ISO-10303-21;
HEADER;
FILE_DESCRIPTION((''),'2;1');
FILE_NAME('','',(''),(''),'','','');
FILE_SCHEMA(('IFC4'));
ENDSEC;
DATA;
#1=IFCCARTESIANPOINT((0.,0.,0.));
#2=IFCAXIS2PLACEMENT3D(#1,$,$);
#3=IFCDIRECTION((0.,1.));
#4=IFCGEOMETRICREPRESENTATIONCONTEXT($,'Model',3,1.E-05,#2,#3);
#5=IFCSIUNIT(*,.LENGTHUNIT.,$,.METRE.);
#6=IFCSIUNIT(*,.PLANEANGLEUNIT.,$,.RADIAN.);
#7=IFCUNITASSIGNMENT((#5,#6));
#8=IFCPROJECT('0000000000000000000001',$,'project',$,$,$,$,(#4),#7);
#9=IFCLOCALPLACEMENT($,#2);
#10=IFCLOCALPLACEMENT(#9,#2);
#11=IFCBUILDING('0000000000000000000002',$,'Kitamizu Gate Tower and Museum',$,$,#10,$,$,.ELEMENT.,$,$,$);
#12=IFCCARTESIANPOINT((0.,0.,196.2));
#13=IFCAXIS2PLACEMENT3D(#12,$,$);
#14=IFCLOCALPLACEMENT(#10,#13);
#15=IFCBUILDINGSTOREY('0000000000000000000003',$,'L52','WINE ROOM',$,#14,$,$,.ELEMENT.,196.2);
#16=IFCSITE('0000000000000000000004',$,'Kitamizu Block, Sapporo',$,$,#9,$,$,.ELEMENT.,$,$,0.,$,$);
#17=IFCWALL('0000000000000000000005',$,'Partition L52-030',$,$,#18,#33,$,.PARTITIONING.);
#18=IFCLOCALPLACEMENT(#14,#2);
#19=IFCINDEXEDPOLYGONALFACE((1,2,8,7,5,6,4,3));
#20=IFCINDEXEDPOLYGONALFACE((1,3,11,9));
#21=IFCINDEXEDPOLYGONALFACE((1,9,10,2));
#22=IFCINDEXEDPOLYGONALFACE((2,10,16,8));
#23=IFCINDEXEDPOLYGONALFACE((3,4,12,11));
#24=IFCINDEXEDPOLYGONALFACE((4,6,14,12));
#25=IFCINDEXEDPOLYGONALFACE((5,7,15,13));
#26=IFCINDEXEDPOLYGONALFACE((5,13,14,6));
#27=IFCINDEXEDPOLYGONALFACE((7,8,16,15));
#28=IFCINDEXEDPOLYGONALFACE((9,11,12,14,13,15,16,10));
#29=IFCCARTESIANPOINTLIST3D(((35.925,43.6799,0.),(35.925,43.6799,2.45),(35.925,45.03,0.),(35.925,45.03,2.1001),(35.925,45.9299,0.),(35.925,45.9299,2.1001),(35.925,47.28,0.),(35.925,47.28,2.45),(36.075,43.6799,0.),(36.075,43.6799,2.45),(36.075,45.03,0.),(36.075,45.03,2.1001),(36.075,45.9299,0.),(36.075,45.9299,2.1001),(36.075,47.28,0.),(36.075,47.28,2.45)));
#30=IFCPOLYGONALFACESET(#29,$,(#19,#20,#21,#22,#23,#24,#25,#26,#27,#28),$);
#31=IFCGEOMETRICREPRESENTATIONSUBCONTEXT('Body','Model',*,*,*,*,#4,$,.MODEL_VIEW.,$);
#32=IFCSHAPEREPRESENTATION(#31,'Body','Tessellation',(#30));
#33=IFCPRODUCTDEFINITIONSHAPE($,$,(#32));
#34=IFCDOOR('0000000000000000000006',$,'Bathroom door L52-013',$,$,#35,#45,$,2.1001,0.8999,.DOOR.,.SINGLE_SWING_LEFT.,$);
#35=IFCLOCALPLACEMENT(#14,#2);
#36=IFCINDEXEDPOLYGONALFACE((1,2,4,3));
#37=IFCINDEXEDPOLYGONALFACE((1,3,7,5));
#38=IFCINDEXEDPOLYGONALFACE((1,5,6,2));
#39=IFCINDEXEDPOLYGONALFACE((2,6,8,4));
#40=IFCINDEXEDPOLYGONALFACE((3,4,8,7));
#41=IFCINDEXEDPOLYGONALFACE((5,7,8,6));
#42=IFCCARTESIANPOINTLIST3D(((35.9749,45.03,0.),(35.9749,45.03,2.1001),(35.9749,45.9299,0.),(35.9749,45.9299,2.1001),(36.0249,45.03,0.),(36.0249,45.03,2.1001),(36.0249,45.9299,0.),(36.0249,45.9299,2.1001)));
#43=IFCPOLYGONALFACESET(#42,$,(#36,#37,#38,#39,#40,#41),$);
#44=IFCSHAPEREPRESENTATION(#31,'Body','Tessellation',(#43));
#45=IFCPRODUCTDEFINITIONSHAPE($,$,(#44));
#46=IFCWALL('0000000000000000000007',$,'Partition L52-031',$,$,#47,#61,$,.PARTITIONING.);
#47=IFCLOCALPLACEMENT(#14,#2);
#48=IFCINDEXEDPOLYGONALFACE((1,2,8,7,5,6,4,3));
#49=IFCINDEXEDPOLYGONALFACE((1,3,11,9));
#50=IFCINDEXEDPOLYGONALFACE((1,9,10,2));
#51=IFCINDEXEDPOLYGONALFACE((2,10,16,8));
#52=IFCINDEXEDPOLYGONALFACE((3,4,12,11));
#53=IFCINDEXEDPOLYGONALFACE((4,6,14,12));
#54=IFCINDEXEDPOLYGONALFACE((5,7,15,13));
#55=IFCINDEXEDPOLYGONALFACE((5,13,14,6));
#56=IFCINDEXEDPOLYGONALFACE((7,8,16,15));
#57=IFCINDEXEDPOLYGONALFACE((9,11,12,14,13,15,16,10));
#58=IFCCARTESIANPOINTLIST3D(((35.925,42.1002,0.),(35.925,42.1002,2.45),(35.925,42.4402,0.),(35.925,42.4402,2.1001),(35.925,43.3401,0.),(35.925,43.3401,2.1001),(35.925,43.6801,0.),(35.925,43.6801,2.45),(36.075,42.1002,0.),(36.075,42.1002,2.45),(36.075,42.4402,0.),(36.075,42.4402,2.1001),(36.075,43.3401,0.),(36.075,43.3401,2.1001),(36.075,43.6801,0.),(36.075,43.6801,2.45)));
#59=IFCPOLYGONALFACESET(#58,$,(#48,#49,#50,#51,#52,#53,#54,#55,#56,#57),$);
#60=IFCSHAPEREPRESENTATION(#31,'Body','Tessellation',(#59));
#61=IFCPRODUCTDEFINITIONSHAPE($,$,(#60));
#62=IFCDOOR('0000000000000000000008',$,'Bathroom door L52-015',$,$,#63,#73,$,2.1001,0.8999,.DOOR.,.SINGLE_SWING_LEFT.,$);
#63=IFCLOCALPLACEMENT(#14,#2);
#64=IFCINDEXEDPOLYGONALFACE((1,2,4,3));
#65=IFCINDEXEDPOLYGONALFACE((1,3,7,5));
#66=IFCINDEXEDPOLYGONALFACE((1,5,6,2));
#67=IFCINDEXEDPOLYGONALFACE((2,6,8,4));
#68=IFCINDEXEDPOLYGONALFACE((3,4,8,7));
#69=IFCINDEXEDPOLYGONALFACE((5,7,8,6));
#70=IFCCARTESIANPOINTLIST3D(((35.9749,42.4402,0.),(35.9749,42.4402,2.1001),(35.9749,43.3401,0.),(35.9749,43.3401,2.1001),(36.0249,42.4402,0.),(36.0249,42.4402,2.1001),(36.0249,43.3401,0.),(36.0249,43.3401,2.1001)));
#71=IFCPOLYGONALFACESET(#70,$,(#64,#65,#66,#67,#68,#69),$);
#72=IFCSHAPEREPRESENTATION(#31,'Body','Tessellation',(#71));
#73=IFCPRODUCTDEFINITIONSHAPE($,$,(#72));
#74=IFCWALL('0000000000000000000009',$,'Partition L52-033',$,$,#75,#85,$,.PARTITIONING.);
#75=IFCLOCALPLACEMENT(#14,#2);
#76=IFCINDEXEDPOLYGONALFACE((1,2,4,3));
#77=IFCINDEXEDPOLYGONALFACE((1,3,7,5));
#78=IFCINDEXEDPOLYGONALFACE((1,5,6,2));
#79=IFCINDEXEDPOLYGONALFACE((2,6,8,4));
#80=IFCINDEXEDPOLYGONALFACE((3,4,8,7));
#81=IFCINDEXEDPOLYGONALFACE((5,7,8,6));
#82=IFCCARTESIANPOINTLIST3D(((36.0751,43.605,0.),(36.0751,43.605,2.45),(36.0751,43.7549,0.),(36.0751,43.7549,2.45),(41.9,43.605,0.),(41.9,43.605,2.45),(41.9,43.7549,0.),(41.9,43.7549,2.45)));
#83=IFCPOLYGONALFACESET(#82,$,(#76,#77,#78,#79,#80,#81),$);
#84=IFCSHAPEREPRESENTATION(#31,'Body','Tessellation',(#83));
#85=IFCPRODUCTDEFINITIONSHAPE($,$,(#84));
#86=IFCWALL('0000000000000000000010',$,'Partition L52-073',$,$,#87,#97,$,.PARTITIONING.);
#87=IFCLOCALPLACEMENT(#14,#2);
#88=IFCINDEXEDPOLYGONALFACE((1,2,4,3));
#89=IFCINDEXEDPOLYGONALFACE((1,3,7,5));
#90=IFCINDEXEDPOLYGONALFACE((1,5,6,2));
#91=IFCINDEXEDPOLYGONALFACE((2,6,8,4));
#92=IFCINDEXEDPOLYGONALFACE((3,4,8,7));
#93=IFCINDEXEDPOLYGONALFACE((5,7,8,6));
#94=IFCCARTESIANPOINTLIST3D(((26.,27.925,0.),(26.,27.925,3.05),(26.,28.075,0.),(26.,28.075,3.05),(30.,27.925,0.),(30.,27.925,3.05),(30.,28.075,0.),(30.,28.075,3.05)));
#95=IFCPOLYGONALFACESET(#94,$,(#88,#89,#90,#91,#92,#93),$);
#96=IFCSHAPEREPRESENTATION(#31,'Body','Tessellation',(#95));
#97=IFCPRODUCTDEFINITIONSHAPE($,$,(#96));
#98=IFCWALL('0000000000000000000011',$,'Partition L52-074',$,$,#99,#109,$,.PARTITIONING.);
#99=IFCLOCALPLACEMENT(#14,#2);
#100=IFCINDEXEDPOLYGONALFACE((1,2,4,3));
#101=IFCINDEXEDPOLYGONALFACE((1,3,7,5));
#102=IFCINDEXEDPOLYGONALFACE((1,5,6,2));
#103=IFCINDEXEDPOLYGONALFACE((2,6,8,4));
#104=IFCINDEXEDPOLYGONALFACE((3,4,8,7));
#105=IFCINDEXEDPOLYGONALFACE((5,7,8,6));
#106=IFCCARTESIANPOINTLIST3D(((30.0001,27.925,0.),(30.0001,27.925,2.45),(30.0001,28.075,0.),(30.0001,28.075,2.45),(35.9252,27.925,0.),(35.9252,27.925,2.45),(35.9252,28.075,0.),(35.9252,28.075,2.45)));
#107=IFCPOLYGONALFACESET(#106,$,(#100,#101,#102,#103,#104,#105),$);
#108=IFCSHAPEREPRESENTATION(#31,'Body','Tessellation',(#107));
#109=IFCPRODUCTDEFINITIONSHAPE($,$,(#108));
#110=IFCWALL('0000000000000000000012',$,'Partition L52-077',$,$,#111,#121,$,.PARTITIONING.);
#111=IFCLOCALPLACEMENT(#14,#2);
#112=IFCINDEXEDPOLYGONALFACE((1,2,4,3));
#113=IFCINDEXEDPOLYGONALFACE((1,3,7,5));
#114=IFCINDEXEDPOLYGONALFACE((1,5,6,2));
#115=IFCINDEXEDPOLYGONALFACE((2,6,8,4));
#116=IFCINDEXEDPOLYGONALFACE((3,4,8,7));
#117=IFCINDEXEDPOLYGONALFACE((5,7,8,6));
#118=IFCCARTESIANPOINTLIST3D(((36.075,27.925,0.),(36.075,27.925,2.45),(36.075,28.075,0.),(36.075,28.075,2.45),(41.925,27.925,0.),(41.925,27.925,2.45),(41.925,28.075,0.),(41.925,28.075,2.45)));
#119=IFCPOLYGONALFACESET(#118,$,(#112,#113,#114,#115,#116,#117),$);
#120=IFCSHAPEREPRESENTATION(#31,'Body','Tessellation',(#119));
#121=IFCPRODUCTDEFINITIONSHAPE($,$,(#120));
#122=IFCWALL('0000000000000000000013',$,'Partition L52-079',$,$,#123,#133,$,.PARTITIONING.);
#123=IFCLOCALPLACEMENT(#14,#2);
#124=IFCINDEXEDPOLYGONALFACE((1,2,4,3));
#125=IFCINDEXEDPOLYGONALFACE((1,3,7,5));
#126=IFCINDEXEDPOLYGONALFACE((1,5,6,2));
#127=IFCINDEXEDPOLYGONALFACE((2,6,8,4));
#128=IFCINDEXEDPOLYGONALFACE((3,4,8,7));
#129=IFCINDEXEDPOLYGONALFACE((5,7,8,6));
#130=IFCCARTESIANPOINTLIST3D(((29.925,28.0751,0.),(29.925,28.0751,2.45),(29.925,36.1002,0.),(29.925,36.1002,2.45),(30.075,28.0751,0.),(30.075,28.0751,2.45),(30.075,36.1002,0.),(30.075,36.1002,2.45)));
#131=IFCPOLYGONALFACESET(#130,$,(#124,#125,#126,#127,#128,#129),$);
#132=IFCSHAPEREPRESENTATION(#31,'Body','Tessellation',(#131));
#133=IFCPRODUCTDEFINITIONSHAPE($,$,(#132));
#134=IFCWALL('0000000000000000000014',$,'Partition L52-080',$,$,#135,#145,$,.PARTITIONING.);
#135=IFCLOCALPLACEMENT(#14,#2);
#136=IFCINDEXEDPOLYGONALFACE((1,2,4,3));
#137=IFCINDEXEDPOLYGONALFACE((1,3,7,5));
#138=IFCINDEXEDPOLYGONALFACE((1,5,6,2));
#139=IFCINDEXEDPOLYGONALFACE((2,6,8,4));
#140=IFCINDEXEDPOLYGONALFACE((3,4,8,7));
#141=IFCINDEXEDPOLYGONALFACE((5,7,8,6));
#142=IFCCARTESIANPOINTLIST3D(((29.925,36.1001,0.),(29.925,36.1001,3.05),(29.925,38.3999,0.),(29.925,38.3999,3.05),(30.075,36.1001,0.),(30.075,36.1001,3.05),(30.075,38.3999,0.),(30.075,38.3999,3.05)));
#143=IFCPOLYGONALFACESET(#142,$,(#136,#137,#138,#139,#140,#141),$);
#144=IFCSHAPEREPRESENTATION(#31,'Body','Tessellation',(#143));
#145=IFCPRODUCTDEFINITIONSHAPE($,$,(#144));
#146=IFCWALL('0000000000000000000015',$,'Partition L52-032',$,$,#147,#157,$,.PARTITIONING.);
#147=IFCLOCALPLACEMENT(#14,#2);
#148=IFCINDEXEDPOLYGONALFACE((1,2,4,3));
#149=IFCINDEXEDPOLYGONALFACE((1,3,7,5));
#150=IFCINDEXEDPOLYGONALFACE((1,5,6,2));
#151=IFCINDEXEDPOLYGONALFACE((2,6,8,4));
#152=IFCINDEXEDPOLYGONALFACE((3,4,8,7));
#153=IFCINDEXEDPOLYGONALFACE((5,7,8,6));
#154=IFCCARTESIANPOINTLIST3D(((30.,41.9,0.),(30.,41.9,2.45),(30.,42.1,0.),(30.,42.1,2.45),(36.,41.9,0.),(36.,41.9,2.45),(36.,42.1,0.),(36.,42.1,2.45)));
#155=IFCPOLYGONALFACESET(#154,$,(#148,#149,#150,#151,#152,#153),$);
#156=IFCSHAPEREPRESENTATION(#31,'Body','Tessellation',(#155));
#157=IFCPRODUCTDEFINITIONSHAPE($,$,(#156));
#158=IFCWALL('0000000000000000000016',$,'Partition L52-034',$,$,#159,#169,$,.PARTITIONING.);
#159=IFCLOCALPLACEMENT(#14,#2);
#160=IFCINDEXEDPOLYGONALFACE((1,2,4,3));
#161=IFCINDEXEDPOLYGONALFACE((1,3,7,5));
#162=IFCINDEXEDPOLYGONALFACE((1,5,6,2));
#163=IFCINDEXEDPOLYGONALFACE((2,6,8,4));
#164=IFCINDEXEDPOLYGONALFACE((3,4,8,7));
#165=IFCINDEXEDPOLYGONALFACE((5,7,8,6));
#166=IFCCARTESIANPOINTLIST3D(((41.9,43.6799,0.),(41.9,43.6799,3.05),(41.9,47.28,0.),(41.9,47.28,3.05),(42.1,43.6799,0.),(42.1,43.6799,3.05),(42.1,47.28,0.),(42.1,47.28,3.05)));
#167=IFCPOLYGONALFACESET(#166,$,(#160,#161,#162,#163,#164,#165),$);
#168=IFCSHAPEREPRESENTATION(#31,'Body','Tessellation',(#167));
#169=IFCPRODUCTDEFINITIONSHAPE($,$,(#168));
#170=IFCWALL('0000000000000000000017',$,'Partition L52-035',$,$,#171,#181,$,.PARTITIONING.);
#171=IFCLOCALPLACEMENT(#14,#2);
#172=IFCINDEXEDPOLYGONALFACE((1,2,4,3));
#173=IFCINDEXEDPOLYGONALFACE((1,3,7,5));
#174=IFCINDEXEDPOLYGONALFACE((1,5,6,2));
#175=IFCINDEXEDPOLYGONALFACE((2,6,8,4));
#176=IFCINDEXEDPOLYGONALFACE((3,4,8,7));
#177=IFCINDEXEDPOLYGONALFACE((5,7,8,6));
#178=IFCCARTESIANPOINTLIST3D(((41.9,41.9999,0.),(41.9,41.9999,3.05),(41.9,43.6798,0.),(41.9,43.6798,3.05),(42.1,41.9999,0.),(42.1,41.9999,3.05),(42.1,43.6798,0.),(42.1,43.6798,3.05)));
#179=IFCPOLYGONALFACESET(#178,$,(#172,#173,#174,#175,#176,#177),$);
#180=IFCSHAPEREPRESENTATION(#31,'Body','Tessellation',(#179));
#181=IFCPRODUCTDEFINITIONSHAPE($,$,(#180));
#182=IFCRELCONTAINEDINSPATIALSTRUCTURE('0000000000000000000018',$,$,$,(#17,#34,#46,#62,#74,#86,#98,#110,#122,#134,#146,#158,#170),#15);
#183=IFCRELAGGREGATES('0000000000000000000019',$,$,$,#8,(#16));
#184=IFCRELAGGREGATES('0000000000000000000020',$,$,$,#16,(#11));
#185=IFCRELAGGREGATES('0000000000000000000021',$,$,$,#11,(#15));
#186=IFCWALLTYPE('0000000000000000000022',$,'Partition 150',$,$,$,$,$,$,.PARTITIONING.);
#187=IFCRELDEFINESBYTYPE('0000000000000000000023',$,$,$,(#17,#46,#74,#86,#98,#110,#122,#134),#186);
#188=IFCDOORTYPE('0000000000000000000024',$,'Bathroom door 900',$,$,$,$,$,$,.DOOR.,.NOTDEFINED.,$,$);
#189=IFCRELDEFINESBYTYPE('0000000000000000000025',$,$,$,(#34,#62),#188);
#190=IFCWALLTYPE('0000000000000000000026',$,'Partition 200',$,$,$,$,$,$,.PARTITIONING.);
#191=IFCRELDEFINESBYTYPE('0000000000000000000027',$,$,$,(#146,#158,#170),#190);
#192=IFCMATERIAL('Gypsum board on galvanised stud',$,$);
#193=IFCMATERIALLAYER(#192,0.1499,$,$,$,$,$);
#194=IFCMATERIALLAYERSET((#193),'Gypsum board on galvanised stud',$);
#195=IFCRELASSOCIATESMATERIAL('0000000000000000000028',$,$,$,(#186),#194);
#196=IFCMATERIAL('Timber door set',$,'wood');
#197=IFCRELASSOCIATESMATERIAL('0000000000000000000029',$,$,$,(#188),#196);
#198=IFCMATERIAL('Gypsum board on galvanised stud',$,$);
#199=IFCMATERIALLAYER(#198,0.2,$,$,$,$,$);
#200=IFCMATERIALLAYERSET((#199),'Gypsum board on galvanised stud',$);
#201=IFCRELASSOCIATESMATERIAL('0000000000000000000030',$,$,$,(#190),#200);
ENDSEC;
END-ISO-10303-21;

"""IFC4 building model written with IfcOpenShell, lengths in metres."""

from ifc_helpers import new_model, si_unit, direction, frame, frame_2d, origin, place, context, subcontext, project, spatial, rectangle, extrude, material, layer, layer_set, type_object, element, fill, save


model = new_model("IFC4")

# Units and contexts
model_context = context("Model", 3, precision=1e-05, world=origin(), true_north=direction((0.0, 1.0)))
body_context = subcontext(model_context, "Body", "Model", "MODEL_VIEW")
ifc_project = project(units=[si_unit("LENGTHUNIT", "METRE"), si_unit("PLANEANGLEUNIT", "RADIAN")], contexts=[model_context])

# Site, building, storey
site_placement = place(None, origin())
site = spatial("IfcSite", under=ifc_project, at=site_placement, Name="Kitamizu Block, Sapporo", CompositionType="ELEMENT", RefElevation=0.0)
building_placement = place(site_placement, origin())
building = spatial("IfcBuilding", under=site, at=building_placement, Name="Kitamizu Gate Tower and Museum", CompositionType="ELEMENT")
storey_placement = place(building_placement, frame((0.0, 0.0, 196.2)))
storey = spatial("IfcBuildingStorey", under=building, at=storey_placement, Name="L52", Description="WINE ROOM", CompositionType="ELEMENT", Elevation=196.2)

# Walls, openings, doors
ifc_material_1 = material(Name="Gypsum board on galvanised stud")
ifc_layer_1 = layer(ifc_material_1, 0.1499)
ifc_layer_set_1 = layer_set([ifc_layer_1], Name="Gypsum board on galvanised stud")
wall_type_1 = type_object("IfcWallType", Name="Partition 150", PredefinedType="PARTITIONING", material=ifc_layer_set_1)
wall_1_placement = place(storey_placement, frame((36.0, 43.6799, 0.0), z_axis=(0.0, 0.0, 1.0), x_axis=(0.0, 1.0, 0.0)))
wall_1 = element("IfcWall", 1, at=wall_1_placement, inside=storey, type_object=wall_type_1, Name="Partition L52-030", PredefinedType="PARTITIONING", context=body_context, shape_type="SweptSolid", body=[
    extrude(rectangle(XDim=3.6001, YDim=0.1499, at=frame_2d((1.8, 0.0))), origin(), (0.0, 0.0, 1.0), 2.45),
])
opening_1_placement = place(wall_1_placement, frame((1.3501, 0.0, 0.0)))
opening_1 = element("IfcOpeningElement", 2, at=opening_1_placement, cuts=wall_1, PredefinedType="OPENING", context=body_context, shape_type="SweptSolid", body=[
    extrude(rectangle(XDim=0.8999, YDim=2.1001, at=frame_2d((0.45, 1.05))), frame((0.0, 0.085, 0.0), z_axis=(0.0, -1.0, 0.0), x_axis=(1.0, 0.0, 0.0)), (0.0, 0.0, 1.0), 0.1699),
])
ifc_material_2 = material(Name="Timber door set", Category="wood")
door_type_1 = type_object("IfcDoorType", Name="Bathroom door 900", OperationType="NOTDEFINED", PredefinedType="DOOR", material=ifc_material_2)
door_1_placement = place(opening_1_placement, frame((0.8999, 0.0, 0.0), x_axis=(-1.0, 0.0, 0.0)))
door_1 = element("IfcDoor", 3, at=door_1_placement, inside=storey, type_object=door_type_1, Name="Bathroom door L52-013", OperationType="SINGLE_SWING_LEFT", OverallHeight=2.1001, OverallWidth=0.8999, PredefinedType="DOOR", context=body_context, shape_type="SweptSolid", body=[
    extrude(rectangle(XDim=0.8999, YDim=2.1001, at=frame_2d((0.45, 1.05))), frame((0.0, 0.0249, 0.0), z_axis=(0.0, -1.0, 0.0), x_axis=(1.0, 0.0, 0.0)), (0.0, 0.0, 1.0), 0.05),
])
fill(opening_1, door_1)
wall_2_placement = place(storey_placement, frame((36.0, 42.1001, 0.0), z_axis=(0.0, 0.0, 1.0), x_axis=(0.0, 1.0, 0.0)))
wall_2 = element("IfcWall", 4, at=wall_2_placement, inside=storey, type_object=wall_type_1, Name="Partition L52-031", PredefinedType="PARTITIONING", context=body_context, shape_type="SweptSolid", body=[
    extrude(rectangle(XDim=1.5798, YDim=0.1499, at=frame_2d((0.79, 0.0))), origin(), (0.0, 0.0, 1.0), 2.45),
])
opening_2_placement = place(wall_2_placement, frame((0.3401, 0.0, 0.0)))
opening_2 = element("IfcOpeningElement", 5, at=opening_2_placement, cuts=wall_2, PredefinedType="OPENING", context=body_context, shape_type="SweptSolid", body=[
    extrude(rectangle(XDim=0.8999, YDim=2.1001, at=frame_2d((0.45, 1.05))), frame((0.0, 0.085, 0.0), z_axis=(0.0, -1.0, 0.0), x_axis=(1.0, 0.0, 0.0)), (0.0, 0.0, 1.0), 0.1699),
])
door_2_placement = place(opening_2_placement, frame((0.8999, 0.0, 0.0), x_axis=(-1.0, 0.0, 0.0)))
door_2 = element("IfcDoor", 6, at=door_2_placement, inside=storey, type_object=door_type_1, Name="Bathroom door L52-015", OperationType="SINGLE_SWING_LEFT", OverallHeight=2.1001, OverallWidth=0.8999, PredefinedType="DOOR", context=body_context, shape_type="SweptSolid", body=[
    extrude(rectangle(XDim=0.8999, YDim=2.1001, at=frame_2d((0.45, 1.05))), frame((0.0, 0.0249, 0.0), z_axis=(0.0, -1.0, 0.0), x_axis=(1.0, 0.0, 0.0)), (0.0, 0.0, 1.0), 0.05),
])
fill(opening_2, door_2)

# Walls
wall_3_placement = place(storey_placement, frame((36.075, 43.6799, 0.0), z_axis=(0.0, 0.0, 1.0), x_axis=(1.0, 0.0, 0.0)))
element("IfcWall", 7, at=wall_3_placement, inside=storey, type_object=wall_type_1, Name="Partition L52-033", PredefinedType="PARTITIONING", context=body_context, shape_type="SweptSolid", body=[
    extrude(rectangle(XDim=5.825, YDim=0.1499, at=frame_2d((2.9126, 0.0))), origin(), (0.0, 0.0, 1.0), 2.45),
])
wall_4_placement = place(storey_placement, frame((30.0, 28.0, 0.0), z_axis=(0.0, 0.0, 1.0), x_axis=(-1.0, 0.0, 0.0)))
element("IfcWall", 8, at=wall_4_placement, inside=storey, type_object=wall_type_1, Name="Partition L52-073", PredefinedType="PARTITIONING", context=body_context, shape_type="SweptSolid", body=[
    extrude(rectangle(XDim=4.0, YDim=0.1499, at=frame_2d((2.0, 0.0))), origin(), (0.0, 0.0, 1.0), 3.05),
])
wall_5_placement = place(storey_placement, frame((35.925, 28.0, 0.0), z_axis=(0.0, 0.0, 1.0), x_axis=(-1.0, 0.0, 0.0)))
element("IfcWall", 9, at=wall_5_placement, inside=storey, type_object=wall_type_1, Name="Partition L52-074", PredefinedType="PARTITIONING", context=body_context, shape_type="SweptSolid", body=[
    extrude(rectangle(XDim=5.925, YDim=0.1499, at=frame_2d((2.9624, 0.0))), origin(), (0.0, 0.0, 1.0), 2.45),
])
wall_6_placement = place(storey_placement, frame((41.925, 28.0, 0.0), z_axis=(0.0, 0.0, 1.0), x_axis=(-1.0, 0.0, 0.0)))
element("IfcWall", 10, at=wall_6_placement, inside=storey, type_object=wall_type_1, Name="Partition L52-077", PredefinedType="PARTITIONING", context=body_context, shape_type="SweptSolid", body=[
    extrude(rectangle(XDim=5.8501, YDim=0.1499, at=frame_2d((2.925, 0.0))), origin(), (0.0, 0.0, 1.0), 2.45),
])
wall_7_placement = place(storey_placement, frame((30.0, 28.075, 0.0), z_axis=(0.0, 0.0, 1.0), x_axis=(0.0, 1.0, 0.0)))
element("IfcWall", 11, at=wall_7_placement, inside=storey, type_object=wall_type_1, Name="Partition L52-079", PredefinedType="PARTITIONING", context=body_context, shape_type="SweptSolid", body=[
    extrude(rectangle(XDim=8.0251, YDim=0.1499, at=frame_2d((4.0127, 0.0))), origin(), (0.0, 0.0, 1.0), 2.45),
])
wall_8_placement = place(storey_placement, frame((30.0, 36.1001, 0.0), z_axis=(0.0, 0.0, 1.0), x_axis=(0.0, 1.0, 0.0)))
element("IfcWall", 12, at=wall_8_placement, inside=storey, type_object=wall_type_1, Name="Partition L52-080", PredefinedType="PARTITIONING", context=body_context, shape_type="SweptSolid", body=[
    extrude(rectangle(XDim=2.2998, YDim=0.1499, at=frame_2d((1.1499, 0.0))), origin(), (0.0, 0.0, 1.0), 3.05),
])
ifc_material_3 = material(Name="Gypsum board on galvanised stud")
ifc_layer_2 = layer(ifc_material_3, 0.2)
ifc_layer_set_2 = layer_set([ifc_layer_2], Name="Gypsum board on galvanised stud")
wall_type_2 = type_object("IfcWallType", Name="Partition 200", PredefinedType="PARTITIONING", material=ifc_layer_set_2)
wall_9_placement = place(storey_placement, frame((30.0, 42.0, 0.0), z_axis=(0.0, 0.0, 1.0), x_axis=(1.0, 0.0, 0.0)))
element("IfcWall", 13, at=wall_9_placement, inside=storey, type_object=wall_type_2, Name="Partition L52-032", PredefinedType="PARTITIONING", context=body_context, shape_type="SweptSolid", body=[
    extrude(rectangle(XDim=6.0, YDim=0.2, at=frame_2d((3.0, 0.0))), origin(), (0.0, 0.0, 1.0), 2.45),
])
wall_10_placement = place(storey_placement, frame((42.0, 43.6799, 0.0), z_axis=(0.0, 0.0, 1.0), x_axis=(0.0, 1.0, 0.0)))
element("IfcWall", 14, at=wall_10_placement, inside=storey, type_object=wall_type_2, Name="Partition L52-034", PredefinedType="PARTITIONING", context=body_context, shape_type="SweptSolid", body=[
    extrude(rectangle(XDim=3.6001, YDim=0.2, at=frame_2d((1.8, 0.0))), origin(), (0.0, 0.0, 1.0), 3.05),
])
wall_11_placement = place(storey_placement, frame((42.0, 42.0, 0.0), z_axis=(0.0, 0.0, 1.0), x_axis=(0.0, 1.0, 0.0)))
element("IfcWall", 15, at=wall_11_placement, inside=storey, type_object=wall_type_2, Name="Partition L52-035", PredefinedType="PARTITIONING", context=body_context, shape_type="SweptSolid", body=[
    extrude(rectangle(XDim=1.6799, YDim=0.2, at=frame_2d((0.8398, 0.0))), origin(), (0.0, 0.0, 1.0), 3.05),
])

save(model, "model.ifc")
